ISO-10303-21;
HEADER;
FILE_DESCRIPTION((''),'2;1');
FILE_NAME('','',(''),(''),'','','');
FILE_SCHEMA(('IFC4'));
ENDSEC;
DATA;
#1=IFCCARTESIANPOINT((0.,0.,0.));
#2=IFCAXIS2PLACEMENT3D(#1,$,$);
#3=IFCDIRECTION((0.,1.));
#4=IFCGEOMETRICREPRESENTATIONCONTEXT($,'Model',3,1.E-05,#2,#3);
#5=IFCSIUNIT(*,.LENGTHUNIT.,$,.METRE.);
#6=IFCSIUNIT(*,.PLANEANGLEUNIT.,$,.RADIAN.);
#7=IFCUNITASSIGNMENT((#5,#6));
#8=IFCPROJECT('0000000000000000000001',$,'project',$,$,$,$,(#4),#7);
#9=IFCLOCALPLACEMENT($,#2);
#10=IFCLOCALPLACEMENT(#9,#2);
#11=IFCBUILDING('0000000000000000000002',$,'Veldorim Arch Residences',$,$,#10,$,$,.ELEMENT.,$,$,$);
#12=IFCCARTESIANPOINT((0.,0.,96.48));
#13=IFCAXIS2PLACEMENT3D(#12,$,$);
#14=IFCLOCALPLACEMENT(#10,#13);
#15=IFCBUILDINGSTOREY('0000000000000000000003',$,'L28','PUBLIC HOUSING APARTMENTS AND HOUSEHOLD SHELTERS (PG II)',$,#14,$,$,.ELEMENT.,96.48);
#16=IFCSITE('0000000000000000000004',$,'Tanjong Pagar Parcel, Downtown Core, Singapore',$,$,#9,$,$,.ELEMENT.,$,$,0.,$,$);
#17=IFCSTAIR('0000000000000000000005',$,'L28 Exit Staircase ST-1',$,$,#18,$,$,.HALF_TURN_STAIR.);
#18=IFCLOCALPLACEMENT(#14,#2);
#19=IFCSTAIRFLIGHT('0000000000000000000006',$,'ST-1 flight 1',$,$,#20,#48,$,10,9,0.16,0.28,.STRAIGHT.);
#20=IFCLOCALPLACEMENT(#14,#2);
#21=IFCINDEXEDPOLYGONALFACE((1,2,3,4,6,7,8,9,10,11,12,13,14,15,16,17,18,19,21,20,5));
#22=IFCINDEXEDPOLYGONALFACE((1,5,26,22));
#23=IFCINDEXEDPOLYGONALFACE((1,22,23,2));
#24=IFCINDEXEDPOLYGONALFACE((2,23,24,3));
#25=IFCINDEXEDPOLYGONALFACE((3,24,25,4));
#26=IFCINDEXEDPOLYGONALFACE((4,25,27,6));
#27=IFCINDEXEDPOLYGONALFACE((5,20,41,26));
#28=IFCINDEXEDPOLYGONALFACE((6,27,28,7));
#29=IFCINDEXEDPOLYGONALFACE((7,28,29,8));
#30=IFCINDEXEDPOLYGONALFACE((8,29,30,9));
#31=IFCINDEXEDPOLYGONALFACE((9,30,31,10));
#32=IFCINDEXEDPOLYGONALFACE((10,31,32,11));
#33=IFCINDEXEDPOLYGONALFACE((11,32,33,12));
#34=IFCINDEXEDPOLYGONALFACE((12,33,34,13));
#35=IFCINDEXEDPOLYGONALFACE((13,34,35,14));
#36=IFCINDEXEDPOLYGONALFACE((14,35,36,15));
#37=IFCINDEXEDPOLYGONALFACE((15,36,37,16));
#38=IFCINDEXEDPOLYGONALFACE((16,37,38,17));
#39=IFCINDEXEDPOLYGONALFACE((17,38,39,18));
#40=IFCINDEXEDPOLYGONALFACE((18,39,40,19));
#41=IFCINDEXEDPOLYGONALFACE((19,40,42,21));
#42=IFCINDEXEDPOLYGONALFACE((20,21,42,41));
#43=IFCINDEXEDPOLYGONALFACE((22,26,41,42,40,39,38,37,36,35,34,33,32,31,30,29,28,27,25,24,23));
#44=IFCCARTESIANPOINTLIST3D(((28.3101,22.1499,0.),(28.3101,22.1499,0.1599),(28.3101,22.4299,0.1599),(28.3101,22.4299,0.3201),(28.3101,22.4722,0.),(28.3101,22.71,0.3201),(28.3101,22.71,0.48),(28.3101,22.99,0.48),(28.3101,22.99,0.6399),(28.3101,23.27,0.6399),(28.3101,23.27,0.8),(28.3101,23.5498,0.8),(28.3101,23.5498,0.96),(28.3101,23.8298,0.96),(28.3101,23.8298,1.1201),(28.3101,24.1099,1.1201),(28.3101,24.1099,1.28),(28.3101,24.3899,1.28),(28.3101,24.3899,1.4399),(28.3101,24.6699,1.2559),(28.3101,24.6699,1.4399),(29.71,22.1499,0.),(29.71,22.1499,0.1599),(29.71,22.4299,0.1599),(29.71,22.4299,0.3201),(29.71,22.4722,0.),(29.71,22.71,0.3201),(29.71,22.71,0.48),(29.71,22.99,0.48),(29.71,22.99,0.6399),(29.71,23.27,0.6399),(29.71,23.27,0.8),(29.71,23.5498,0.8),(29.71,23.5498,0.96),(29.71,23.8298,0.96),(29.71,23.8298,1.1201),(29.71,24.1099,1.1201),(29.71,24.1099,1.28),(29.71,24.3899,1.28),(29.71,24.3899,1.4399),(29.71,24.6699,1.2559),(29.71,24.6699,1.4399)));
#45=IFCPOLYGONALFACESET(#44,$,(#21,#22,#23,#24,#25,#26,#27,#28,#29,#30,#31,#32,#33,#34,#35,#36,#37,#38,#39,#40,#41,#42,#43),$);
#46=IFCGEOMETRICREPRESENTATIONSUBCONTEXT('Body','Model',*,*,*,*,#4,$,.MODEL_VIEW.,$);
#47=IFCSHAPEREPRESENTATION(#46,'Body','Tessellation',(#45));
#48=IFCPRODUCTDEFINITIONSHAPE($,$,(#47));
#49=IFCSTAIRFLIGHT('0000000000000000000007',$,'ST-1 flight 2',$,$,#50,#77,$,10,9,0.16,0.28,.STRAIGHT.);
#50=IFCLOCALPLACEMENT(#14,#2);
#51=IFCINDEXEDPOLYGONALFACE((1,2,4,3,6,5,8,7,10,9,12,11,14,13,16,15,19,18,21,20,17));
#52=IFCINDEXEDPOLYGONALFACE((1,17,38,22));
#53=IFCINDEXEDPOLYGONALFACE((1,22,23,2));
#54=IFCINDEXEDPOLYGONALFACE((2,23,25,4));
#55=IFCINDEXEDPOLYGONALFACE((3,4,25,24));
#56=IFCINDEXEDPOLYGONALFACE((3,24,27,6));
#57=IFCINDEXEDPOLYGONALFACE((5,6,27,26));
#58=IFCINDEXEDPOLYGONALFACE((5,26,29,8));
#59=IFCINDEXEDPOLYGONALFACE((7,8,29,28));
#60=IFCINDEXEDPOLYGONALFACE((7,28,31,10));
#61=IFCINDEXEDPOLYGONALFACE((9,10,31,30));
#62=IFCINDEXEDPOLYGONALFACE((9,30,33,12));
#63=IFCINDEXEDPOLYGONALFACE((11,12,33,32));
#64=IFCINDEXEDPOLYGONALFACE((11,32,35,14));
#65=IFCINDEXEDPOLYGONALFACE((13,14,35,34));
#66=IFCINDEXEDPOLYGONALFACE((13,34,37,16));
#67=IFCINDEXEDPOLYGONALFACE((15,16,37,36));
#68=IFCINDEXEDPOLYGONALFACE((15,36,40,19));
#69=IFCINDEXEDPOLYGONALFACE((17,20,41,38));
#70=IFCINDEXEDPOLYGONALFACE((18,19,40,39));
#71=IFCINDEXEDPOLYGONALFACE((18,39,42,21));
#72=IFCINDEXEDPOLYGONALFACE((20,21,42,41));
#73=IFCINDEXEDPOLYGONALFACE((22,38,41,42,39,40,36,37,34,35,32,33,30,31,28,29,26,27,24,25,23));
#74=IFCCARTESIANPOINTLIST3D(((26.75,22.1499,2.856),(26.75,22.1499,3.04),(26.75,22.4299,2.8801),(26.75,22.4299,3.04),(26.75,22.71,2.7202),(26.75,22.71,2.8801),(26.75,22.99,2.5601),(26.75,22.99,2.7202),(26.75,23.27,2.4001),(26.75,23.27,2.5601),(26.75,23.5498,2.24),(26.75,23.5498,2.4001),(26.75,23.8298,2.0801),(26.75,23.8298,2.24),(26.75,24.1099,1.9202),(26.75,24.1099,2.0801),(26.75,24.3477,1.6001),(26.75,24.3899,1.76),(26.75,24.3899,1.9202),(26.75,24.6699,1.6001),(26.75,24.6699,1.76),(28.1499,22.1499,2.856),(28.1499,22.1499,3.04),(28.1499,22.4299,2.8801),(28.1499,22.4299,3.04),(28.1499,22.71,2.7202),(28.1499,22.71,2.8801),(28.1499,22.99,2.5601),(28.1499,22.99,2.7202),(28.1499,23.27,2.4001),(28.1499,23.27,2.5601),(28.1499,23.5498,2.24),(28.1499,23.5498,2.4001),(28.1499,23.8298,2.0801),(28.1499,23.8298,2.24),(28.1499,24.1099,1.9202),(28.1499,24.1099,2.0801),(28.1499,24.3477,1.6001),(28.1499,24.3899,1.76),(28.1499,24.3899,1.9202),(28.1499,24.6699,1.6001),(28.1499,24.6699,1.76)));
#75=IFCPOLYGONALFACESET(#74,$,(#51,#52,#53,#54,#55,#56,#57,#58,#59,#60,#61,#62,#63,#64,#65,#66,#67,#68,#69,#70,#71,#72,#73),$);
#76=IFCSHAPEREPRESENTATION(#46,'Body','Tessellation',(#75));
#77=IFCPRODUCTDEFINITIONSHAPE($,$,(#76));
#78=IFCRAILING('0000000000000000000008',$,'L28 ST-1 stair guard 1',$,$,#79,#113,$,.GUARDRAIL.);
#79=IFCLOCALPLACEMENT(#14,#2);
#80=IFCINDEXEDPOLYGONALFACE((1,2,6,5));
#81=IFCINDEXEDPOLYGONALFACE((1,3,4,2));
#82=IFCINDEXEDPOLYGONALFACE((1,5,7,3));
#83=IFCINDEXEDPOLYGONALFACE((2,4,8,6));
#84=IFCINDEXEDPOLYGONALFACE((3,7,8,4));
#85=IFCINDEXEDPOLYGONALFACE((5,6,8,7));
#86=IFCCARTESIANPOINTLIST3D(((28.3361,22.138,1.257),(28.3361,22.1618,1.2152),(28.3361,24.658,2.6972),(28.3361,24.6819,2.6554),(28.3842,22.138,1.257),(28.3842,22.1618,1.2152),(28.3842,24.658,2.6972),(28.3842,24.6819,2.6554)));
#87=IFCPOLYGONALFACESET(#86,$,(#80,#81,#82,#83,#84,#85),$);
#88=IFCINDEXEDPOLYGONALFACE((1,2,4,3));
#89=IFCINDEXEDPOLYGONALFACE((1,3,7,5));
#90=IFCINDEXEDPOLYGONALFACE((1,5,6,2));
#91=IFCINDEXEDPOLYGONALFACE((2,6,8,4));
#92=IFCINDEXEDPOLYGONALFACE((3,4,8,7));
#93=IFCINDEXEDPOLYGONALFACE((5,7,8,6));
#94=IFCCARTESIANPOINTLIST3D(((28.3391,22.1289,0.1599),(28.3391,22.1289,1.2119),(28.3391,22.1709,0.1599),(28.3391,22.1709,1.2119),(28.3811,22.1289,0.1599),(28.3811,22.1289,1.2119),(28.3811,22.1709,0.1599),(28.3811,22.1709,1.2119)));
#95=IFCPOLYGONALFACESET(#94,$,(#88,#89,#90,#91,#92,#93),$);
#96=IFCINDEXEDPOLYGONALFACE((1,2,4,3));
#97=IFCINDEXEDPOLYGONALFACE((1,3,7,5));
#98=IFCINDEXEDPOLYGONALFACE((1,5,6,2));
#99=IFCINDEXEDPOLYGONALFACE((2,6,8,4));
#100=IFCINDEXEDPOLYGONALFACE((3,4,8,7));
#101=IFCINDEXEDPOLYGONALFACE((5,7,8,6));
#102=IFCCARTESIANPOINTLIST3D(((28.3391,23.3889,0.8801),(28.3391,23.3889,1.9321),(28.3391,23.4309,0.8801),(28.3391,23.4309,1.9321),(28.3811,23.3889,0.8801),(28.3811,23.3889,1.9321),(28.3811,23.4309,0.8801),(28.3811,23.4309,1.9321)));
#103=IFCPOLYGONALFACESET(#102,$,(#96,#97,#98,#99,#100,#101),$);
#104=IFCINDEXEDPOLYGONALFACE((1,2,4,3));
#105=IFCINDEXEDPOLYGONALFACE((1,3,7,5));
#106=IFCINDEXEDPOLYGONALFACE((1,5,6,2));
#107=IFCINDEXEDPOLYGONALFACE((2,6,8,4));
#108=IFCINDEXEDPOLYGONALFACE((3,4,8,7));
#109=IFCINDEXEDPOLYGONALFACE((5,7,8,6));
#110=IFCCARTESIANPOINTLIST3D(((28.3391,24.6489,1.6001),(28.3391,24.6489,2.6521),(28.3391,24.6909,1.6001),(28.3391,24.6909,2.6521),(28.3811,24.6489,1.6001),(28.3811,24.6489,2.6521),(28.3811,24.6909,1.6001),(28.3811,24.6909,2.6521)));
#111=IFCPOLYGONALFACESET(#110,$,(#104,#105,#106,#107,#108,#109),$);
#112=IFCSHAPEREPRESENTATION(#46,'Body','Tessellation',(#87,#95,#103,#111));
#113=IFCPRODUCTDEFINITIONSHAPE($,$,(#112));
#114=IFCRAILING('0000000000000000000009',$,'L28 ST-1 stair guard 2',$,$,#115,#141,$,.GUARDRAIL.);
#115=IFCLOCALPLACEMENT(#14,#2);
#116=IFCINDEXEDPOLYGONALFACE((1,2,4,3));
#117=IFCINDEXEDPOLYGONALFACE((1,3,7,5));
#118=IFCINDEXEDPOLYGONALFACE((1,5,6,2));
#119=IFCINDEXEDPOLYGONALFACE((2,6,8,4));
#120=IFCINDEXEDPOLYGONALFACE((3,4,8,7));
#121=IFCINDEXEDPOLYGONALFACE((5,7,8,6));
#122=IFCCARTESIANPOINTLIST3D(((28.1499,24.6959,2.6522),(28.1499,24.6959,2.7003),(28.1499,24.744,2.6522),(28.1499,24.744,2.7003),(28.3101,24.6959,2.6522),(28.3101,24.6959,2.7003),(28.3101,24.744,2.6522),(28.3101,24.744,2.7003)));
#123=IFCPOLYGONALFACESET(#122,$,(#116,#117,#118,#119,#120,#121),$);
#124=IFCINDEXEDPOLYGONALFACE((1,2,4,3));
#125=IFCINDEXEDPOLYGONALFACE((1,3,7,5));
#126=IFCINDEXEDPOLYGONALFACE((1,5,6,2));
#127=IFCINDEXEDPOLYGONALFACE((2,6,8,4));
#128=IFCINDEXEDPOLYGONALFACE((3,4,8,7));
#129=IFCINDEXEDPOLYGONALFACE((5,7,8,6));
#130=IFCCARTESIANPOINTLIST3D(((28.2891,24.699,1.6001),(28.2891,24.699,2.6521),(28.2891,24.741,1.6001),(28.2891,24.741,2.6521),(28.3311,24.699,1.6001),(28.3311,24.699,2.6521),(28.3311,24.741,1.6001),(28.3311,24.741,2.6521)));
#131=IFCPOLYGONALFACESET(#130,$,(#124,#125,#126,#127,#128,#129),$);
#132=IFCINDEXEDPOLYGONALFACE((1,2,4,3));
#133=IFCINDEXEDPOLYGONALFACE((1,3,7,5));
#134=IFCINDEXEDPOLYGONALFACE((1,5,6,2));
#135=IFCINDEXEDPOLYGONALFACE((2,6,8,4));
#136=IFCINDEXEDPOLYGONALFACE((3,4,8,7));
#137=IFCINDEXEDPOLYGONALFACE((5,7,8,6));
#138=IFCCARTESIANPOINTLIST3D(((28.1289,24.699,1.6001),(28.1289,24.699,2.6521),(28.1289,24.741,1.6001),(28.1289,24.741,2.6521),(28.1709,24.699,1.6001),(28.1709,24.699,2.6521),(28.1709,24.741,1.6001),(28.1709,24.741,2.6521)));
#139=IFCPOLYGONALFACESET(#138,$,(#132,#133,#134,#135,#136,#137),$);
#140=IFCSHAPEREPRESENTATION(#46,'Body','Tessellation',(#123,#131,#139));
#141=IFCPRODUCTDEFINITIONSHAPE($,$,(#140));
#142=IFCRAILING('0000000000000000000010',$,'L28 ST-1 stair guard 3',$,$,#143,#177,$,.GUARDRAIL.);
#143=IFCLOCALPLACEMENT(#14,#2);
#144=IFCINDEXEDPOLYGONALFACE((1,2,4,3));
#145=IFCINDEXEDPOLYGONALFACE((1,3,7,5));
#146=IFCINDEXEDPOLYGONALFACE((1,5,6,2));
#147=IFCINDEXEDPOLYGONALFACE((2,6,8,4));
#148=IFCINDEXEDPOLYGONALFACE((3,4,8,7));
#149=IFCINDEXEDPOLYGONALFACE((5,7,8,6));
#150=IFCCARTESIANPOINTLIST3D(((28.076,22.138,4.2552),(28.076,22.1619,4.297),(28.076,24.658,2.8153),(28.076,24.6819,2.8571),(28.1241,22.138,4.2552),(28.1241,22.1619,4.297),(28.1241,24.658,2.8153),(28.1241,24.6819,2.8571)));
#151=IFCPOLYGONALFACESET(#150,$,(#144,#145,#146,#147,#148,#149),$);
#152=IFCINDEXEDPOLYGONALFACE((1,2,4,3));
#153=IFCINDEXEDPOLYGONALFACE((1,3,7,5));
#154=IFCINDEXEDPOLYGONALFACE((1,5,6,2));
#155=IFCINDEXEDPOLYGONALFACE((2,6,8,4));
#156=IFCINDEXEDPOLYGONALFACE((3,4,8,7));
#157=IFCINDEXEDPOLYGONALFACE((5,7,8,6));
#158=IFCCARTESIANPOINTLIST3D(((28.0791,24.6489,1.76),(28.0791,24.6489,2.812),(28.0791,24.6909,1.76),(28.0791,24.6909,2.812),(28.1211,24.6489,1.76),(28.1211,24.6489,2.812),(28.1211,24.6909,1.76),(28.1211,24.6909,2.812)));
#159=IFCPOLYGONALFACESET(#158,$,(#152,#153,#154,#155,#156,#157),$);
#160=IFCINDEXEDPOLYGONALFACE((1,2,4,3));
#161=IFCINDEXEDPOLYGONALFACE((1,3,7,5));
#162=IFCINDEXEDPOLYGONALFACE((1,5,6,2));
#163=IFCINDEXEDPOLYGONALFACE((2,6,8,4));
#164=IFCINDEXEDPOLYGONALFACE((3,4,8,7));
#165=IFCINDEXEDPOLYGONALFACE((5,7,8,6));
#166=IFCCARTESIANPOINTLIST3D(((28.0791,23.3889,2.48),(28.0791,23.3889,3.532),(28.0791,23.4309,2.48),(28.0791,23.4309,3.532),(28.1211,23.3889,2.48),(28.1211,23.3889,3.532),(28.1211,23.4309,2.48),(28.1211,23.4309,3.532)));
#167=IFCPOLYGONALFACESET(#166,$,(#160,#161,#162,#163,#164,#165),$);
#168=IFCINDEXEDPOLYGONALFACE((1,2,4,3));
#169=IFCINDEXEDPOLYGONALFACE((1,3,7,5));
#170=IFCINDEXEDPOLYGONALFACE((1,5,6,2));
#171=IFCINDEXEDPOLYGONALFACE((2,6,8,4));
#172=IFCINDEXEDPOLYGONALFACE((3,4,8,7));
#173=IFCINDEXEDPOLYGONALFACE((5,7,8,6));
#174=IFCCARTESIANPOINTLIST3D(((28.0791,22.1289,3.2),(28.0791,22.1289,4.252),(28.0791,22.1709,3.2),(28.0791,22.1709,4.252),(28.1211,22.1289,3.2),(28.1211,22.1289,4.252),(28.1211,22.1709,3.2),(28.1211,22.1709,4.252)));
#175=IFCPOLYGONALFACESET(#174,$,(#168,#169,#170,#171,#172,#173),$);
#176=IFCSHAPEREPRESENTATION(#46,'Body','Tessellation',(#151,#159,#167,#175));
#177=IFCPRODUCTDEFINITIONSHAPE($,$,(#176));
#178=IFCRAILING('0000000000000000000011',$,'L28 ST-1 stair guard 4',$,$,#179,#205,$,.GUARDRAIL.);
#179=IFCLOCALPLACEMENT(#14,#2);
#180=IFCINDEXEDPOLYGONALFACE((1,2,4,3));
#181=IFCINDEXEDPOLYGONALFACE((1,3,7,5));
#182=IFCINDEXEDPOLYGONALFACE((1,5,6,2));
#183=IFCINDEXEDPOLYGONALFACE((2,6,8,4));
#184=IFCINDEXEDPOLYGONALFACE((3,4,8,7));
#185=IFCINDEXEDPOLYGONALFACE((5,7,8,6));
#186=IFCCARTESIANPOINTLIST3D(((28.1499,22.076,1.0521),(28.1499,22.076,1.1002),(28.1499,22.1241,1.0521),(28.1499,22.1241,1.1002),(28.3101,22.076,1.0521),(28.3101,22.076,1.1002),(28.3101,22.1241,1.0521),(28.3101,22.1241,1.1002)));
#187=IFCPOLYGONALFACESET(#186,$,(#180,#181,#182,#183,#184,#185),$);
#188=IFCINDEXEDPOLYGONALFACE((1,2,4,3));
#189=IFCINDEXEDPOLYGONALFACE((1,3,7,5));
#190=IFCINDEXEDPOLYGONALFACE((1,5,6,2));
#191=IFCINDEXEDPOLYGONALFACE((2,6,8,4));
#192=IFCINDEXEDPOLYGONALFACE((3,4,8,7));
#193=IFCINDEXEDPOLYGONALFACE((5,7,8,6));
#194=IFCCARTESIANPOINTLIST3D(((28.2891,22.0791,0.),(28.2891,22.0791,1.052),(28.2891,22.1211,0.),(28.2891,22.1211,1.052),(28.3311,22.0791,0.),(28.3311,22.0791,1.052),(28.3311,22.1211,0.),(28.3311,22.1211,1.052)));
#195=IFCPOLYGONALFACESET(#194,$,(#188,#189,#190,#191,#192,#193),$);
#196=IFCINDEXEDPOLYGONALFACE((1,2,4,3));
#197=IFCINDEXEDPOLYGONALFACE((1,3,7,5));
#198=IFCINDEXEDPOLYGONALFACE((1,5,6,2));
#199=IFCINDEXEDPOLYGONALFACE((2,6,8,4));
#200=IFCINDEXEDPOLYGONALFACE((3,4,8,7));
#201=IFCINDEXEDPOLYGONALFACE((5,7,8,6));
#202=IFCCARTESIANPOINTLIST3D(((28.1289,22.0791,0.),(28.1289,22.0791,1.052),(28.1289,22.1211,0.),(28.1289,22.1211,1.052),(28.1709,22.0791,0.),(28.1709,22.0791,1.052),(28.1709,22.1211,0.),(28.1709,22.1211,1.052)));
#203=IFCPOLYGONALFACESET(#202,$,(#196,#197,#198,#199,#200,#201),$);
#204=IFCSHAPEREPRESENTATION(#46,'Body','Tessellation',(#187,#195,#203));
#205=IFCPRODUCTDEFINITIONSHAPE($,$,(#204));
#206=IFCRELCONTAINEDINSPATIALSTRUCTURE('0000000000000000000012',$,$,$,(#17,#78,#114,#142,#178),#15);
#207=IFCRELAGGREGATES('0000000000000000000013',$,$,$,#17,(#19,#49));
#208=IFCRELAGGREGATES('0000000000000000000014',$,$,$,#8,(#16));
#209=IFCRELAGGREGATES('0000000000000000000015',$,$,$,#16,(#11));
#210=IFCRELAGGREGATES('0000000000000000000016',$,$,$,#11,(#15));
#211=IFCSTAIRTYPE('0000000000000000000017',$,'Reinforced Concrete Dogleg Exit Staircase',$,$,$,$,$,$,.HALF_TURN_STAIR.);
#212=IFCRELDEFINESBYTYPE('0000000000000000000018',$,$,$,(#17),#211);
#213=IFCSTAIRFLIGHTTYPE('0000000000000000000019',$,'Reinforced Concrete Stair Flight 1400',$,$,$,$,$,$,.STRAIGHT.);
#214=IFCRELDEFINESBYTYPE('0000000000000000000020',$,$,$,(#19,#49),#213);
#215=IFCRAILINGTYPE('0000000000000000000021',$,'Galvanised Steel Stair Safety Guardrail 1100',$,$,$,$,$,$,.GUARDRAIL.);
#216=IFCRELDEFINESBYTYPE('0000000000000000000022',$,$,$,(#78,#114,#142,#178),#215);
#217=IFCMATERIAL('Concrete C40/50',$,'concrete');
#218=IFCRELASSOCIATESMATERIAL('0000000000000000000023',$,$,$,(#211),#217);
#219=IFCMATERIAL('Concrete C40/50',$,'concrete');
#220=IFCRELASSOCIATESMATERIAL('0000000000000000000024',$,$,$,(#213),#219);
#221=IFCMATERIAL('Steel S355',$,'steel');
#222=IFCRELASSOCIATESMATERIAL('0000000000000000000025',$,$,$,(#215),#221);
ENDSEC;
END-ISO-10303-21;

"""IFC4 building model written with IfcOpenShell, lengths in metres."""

from ifc_helpers import new_model, si_unit, direction, frame, origin, origin_2d, place, context, subcontext, project, spatial, polyline, rectangle, outline, extrude, material, type_object, element, aggregate, save


model = new_model("IFC4")

# Units and contexts
model_context = context("Model", 3, precision=1e-05, world=origin(), true_north=direction((0.0, 1.0)))
body_context = subcontext(model_context, "Body", "Model", "MODEL_VIEW")
ifc_project = project(units=[si_unit("LENGTHUNIT", "METRE"), si_unit("PLANEANGLEUNIT", "RADIAN")], contexts=[model_context])

# Site, building, storey
site_placement = place(None, origin())
site = spatial("IfcSite", under=ifc_project, at=site_placement, Name="Tanjong Pagar Parcel, Downtown Core, Singapore", CompositionType="ELEMENT", RefElevation=0.0)
building_placement = place(site_placement, origin())
building = spatial("IfcBuilding", under=site, at=building_placement, Name="Veldorim Arch Residences", CompositionType="ELEMENT")
storey_placement = place(building_placement, frame((0.0, 0.0, 96.48)))
storey = spatial("IfcBuildingStorey", under=building, at=storey_placement, Name="L28", Description="PUBLIC HOUSING APARTMENTS AND HOUSEHOLD SHELTERS (PG II)", CompositionType="ELEMENT", Elevation=96.48)

# Stair, stair flights
ifc_material_1 = material(Name="Concrete C40/50", Category="concrete")
stair_type = type_object("IfcStairType", Name="Reinforced Concrete Dogleg Exit Staircase", PredefinedType="HALF_TURN_STAIR", material=ifc_material_1)
stair_placement = place(storey_placement, origin())
stair = element("IfcStair", 1, at=stair_placement, inside=storey, type_object=stair_type, Name="L28 Exit Staircase ST-1", PredefinedType="HALF_TURN_STAIR")
ifc_material_2 = material(Name="Concrete C40/50", Category="concrete")
stair_flight_type = type_object("IfcStairFlightType", Name="Reinforced Concrete Stair Flight 1400", PredefinedType="STRAIGHT", material=ifc_material_2)
stair_flight_1_placement = place(storey_placement, frame((29.01, 22.1499, 0.0), z_axis=(0.0, 0.0, 1.0), x_axis=(0.0, 1.0, 0.0)))
stair_flight_1 = element("IfcStairFlight", 2, at=stair_flight_1_placement, type_object=stair_flight_type, Name="ST-1 flight 1", NumberOfRisers=10, NumberOfTreads=9, PredefinedType="STRAIGHT", RiserHeight=0.16, TreadLength=0.28, context=body_context, shape_type="SweptSolid", body=[
    extrude(outline(polyline([(0.0, 0.0), (0.0, 0.1599), (0.28, 0.1599), (0.28, 0.3201), (0.5601, 0.3201), (0.5601, 0.48), (0.8401, 0.48), (0.8401, 0.6399), (1.1201, 0.6399), (1.1201, 0.8), (1.3999, 0.8), (1.3999, 0.96), (1.6799, 0.96), (1.6799, 1.1201), (1.96, 1.1201), (1.96, 1.28), (2.24, 1.28), (2.24, 1.4399), (2.52, 1.4399), (2.52, 1.6001), (2.52, 1.2559), (0.3223, 0.0), (0.0, 0.0)])), frame((0.0, 0.7, 0.0), z_axis=(0.0, -1.0, 0.0), x_axis=(1.0, 0.0, 0.0)), (0.0, 0.0, 1.0), 1.3999),
])
stair_flight_2_placement = place(storey_placement, frame((27.45, 24.6699, 1.6001), z_axis=(0.0, 0.0, 1.0), x_axis=(0.0, -1.0, 0.0)))
stair_flight_2 = element("IfcStairFlight", 3, at=stair_flight_2_placement, type_object=stair_flight_type, Name="ST-1 flight 2", NumberOfRisers=10, NumberOfTreads=9, PredefinedType="STRAIGHT", RiserHeight=0.16, TreadLength=0.28, context=body_context, shape_type="SweptSolid", body=[
    extrude(outline(polyline([(0.0, 0.0), (0.0, 0.1599), (0.28, 0.1599), (0.28, 0.3201), (0.5601, 0.3201), (0.5601, 0.48), (0.8401, 0.48), (0.8401, 0.6399), (1.1201, 0.6399), (1.1201, 0.8), (1.3999, 0.8), (1.3999, 0.96), (1.6799, 0.96), (1.6799, 1.1201), (1.96, 1.1201), (1.96, 1.28), (2.24, 1.28), (2.24, 1.4399), (2.52, 1.4399), (2.52, 1.6001), (2.52, 1.2559), (0.3223, 0.0), (0.0, 0.0)])), frame((0.0, 0.7, 0.0), z_axis=(0.0, -1.0, 0.0), x_axis=(1.0, 0.0, 0.0)), (0.0, 0.0, 1.0), 1.3999),
])
aggregate(stair, [stair_flight_1, stair_flight_2])

# Railings
ifc_material_3 = material(Name="Steel S355", Category="steel")
railing_type_1 = type_object("IfcRailingType", Name="Galvanised Steel Stair Safety Guardrail 1100", PredefinedType="GUARDRAIL", material=ifc_material_3)
railing_1_placement = place(storey_placement, frame((28.3601, 22.1499, 0.1599)))
element("IfcRailing", 4, at=railing_1_placement, inside=storey, type_object=railing_type_1, Name="L28 ST-1 stair guard 1", PredefinedType="GUARDRAIL", context=body_context, shape_type="SweptSolid", body=[
    extrude(rectangle(XDim=0.0481, YDim=0.0481, at=origin_2d()), frame((0.0, 0.0, 1.0762), z_axis=(0.0, 0.868217, 0.496184), x_axis=(-1.0, 0.0, 0.0)), (0.0, 0.0, 1.0), 2.9026),
    extrude(rectangle(XDim=0.042, YDim=0.042, at=origin_2d()), origin(), (0.0, 0.0, 1.0), 1.052),
    extrude(rectangle(XDim=0.042, YDim=0.042, at=origin_2d()), frame((0.0, 1.26, 0.7202)), (0.0, 0.0, 1.0), 1.052),
    extrude(rectangle(XDim=0.042, YDim=0.042, at=origin_2d()), frame((0.0, 2.52, 1.4402)), (0.0, 0.0, 1.0), 1.052),
])
railing_2_placement = place(storey_placement, frame((28.3101, 24.72, 1.6001)))
element("IfcRailing", 5, at=railing_2_placement, inside=storey, type_object=railing_type_1, Name="L28 ST-1 stair guard 2", PredefinedType="GUARDRAIL", context=body_context, shape_type="SweptSolid", body=[
    extrude(rectangle(XDim=0.0481, YDim=0.0481, at=origin_2d()), frame((0.0, 0.0, 1.0762), z_axis=(-1.0, 0.0, 0.0), x_axis=(0.0, -1.0, 0.0)), (0.0, 0.0, 1.0), 0.1602),
    extrude(rectangle(XDim=0.042, YDim=0.042, at=origin_2d()), origin(), (0.0, 0.0, 1.0), 1.052),
    extrude(rectangle(XDim=0.042, YDim=0.042, at=origin_2d()), frame((-0.1602, 0.0, 0.0)), (0.0, 0.0, 1.0), 1.052),
])
railing_3_placement = place(storey_placement, frame((28.1001, 24.6699, 1.76)))
element("IfcRailing", 6, at=railing_3_placement, inside=storey, type_object=railing_type_1, Name="L28 ST-1 stair guard 3", PredefinedType="GUARDRAIL", context=body_context, shape_type="SweptSolid", body=[
    extrude(rectangle(XDim=0.0481, YDim=0.0481, at=origin_2d()), frame((0.0, 0.0, 1.0762), z_axis=(0.0, -0.868253, 0.496121), x_axis=(1.0, 0.0, 0.0)), (0.0, 0.0, 1.0), 2.9023),
    extrude(rectangle(XDim=0.042, YDim=0.042, at=origin_2d()), origin(), (0.0, 0.0, 1.0), 1.052),
    extrude(rectangle(XDim=0.042, YDim=0.042, at=origin_2d()), frame((0.0, -1.26, 0.72)), (0.0, 0.0, 1.0), 1.052),
    extrude(rectangle(XDim=0.042, YDim=0.042, at=origin_2d()), frame((0.0, -2.52, 1.4399)), (0.0, 0.0, 1.0), 1.052),
])
railing_4_placement = place(storey_placement, frame((28.3101, 22.1001, 0.0)))
element("IfcRailing", 7, at=railing_4_placement, inside=storey, type_object=railing_type_1, Name="L28 ST-1 stair guard 4", PredefinedType="GUARDRAIL", context=body_context, shape_type="SweptSolid", body=[
    extrude(rectangle(XDim=0.0481, YDim=0.0481, at=origin_2d()), frame((0.0, 0.0, 1.0762), z_axis=(-1.0, 0.0, 0.0), x_axis=(0.0, -1.0, 0.0)), (0.0, 0.0, 1.0), 0.1602),
    extrude(rectangle(XDim=0.042, YDim=0.042, at=origin_2d()), origin(), (0.0, 0.0, 1.0), 1.052),
    extrude(rectangle(XDim=0.042, YDim=0.042, at=origin_2d()), frame((-0.1602, 0.0, 0.0)), (0.0, 0.0, 1.0), 1.052),
])

save(model, "model.ifc")
